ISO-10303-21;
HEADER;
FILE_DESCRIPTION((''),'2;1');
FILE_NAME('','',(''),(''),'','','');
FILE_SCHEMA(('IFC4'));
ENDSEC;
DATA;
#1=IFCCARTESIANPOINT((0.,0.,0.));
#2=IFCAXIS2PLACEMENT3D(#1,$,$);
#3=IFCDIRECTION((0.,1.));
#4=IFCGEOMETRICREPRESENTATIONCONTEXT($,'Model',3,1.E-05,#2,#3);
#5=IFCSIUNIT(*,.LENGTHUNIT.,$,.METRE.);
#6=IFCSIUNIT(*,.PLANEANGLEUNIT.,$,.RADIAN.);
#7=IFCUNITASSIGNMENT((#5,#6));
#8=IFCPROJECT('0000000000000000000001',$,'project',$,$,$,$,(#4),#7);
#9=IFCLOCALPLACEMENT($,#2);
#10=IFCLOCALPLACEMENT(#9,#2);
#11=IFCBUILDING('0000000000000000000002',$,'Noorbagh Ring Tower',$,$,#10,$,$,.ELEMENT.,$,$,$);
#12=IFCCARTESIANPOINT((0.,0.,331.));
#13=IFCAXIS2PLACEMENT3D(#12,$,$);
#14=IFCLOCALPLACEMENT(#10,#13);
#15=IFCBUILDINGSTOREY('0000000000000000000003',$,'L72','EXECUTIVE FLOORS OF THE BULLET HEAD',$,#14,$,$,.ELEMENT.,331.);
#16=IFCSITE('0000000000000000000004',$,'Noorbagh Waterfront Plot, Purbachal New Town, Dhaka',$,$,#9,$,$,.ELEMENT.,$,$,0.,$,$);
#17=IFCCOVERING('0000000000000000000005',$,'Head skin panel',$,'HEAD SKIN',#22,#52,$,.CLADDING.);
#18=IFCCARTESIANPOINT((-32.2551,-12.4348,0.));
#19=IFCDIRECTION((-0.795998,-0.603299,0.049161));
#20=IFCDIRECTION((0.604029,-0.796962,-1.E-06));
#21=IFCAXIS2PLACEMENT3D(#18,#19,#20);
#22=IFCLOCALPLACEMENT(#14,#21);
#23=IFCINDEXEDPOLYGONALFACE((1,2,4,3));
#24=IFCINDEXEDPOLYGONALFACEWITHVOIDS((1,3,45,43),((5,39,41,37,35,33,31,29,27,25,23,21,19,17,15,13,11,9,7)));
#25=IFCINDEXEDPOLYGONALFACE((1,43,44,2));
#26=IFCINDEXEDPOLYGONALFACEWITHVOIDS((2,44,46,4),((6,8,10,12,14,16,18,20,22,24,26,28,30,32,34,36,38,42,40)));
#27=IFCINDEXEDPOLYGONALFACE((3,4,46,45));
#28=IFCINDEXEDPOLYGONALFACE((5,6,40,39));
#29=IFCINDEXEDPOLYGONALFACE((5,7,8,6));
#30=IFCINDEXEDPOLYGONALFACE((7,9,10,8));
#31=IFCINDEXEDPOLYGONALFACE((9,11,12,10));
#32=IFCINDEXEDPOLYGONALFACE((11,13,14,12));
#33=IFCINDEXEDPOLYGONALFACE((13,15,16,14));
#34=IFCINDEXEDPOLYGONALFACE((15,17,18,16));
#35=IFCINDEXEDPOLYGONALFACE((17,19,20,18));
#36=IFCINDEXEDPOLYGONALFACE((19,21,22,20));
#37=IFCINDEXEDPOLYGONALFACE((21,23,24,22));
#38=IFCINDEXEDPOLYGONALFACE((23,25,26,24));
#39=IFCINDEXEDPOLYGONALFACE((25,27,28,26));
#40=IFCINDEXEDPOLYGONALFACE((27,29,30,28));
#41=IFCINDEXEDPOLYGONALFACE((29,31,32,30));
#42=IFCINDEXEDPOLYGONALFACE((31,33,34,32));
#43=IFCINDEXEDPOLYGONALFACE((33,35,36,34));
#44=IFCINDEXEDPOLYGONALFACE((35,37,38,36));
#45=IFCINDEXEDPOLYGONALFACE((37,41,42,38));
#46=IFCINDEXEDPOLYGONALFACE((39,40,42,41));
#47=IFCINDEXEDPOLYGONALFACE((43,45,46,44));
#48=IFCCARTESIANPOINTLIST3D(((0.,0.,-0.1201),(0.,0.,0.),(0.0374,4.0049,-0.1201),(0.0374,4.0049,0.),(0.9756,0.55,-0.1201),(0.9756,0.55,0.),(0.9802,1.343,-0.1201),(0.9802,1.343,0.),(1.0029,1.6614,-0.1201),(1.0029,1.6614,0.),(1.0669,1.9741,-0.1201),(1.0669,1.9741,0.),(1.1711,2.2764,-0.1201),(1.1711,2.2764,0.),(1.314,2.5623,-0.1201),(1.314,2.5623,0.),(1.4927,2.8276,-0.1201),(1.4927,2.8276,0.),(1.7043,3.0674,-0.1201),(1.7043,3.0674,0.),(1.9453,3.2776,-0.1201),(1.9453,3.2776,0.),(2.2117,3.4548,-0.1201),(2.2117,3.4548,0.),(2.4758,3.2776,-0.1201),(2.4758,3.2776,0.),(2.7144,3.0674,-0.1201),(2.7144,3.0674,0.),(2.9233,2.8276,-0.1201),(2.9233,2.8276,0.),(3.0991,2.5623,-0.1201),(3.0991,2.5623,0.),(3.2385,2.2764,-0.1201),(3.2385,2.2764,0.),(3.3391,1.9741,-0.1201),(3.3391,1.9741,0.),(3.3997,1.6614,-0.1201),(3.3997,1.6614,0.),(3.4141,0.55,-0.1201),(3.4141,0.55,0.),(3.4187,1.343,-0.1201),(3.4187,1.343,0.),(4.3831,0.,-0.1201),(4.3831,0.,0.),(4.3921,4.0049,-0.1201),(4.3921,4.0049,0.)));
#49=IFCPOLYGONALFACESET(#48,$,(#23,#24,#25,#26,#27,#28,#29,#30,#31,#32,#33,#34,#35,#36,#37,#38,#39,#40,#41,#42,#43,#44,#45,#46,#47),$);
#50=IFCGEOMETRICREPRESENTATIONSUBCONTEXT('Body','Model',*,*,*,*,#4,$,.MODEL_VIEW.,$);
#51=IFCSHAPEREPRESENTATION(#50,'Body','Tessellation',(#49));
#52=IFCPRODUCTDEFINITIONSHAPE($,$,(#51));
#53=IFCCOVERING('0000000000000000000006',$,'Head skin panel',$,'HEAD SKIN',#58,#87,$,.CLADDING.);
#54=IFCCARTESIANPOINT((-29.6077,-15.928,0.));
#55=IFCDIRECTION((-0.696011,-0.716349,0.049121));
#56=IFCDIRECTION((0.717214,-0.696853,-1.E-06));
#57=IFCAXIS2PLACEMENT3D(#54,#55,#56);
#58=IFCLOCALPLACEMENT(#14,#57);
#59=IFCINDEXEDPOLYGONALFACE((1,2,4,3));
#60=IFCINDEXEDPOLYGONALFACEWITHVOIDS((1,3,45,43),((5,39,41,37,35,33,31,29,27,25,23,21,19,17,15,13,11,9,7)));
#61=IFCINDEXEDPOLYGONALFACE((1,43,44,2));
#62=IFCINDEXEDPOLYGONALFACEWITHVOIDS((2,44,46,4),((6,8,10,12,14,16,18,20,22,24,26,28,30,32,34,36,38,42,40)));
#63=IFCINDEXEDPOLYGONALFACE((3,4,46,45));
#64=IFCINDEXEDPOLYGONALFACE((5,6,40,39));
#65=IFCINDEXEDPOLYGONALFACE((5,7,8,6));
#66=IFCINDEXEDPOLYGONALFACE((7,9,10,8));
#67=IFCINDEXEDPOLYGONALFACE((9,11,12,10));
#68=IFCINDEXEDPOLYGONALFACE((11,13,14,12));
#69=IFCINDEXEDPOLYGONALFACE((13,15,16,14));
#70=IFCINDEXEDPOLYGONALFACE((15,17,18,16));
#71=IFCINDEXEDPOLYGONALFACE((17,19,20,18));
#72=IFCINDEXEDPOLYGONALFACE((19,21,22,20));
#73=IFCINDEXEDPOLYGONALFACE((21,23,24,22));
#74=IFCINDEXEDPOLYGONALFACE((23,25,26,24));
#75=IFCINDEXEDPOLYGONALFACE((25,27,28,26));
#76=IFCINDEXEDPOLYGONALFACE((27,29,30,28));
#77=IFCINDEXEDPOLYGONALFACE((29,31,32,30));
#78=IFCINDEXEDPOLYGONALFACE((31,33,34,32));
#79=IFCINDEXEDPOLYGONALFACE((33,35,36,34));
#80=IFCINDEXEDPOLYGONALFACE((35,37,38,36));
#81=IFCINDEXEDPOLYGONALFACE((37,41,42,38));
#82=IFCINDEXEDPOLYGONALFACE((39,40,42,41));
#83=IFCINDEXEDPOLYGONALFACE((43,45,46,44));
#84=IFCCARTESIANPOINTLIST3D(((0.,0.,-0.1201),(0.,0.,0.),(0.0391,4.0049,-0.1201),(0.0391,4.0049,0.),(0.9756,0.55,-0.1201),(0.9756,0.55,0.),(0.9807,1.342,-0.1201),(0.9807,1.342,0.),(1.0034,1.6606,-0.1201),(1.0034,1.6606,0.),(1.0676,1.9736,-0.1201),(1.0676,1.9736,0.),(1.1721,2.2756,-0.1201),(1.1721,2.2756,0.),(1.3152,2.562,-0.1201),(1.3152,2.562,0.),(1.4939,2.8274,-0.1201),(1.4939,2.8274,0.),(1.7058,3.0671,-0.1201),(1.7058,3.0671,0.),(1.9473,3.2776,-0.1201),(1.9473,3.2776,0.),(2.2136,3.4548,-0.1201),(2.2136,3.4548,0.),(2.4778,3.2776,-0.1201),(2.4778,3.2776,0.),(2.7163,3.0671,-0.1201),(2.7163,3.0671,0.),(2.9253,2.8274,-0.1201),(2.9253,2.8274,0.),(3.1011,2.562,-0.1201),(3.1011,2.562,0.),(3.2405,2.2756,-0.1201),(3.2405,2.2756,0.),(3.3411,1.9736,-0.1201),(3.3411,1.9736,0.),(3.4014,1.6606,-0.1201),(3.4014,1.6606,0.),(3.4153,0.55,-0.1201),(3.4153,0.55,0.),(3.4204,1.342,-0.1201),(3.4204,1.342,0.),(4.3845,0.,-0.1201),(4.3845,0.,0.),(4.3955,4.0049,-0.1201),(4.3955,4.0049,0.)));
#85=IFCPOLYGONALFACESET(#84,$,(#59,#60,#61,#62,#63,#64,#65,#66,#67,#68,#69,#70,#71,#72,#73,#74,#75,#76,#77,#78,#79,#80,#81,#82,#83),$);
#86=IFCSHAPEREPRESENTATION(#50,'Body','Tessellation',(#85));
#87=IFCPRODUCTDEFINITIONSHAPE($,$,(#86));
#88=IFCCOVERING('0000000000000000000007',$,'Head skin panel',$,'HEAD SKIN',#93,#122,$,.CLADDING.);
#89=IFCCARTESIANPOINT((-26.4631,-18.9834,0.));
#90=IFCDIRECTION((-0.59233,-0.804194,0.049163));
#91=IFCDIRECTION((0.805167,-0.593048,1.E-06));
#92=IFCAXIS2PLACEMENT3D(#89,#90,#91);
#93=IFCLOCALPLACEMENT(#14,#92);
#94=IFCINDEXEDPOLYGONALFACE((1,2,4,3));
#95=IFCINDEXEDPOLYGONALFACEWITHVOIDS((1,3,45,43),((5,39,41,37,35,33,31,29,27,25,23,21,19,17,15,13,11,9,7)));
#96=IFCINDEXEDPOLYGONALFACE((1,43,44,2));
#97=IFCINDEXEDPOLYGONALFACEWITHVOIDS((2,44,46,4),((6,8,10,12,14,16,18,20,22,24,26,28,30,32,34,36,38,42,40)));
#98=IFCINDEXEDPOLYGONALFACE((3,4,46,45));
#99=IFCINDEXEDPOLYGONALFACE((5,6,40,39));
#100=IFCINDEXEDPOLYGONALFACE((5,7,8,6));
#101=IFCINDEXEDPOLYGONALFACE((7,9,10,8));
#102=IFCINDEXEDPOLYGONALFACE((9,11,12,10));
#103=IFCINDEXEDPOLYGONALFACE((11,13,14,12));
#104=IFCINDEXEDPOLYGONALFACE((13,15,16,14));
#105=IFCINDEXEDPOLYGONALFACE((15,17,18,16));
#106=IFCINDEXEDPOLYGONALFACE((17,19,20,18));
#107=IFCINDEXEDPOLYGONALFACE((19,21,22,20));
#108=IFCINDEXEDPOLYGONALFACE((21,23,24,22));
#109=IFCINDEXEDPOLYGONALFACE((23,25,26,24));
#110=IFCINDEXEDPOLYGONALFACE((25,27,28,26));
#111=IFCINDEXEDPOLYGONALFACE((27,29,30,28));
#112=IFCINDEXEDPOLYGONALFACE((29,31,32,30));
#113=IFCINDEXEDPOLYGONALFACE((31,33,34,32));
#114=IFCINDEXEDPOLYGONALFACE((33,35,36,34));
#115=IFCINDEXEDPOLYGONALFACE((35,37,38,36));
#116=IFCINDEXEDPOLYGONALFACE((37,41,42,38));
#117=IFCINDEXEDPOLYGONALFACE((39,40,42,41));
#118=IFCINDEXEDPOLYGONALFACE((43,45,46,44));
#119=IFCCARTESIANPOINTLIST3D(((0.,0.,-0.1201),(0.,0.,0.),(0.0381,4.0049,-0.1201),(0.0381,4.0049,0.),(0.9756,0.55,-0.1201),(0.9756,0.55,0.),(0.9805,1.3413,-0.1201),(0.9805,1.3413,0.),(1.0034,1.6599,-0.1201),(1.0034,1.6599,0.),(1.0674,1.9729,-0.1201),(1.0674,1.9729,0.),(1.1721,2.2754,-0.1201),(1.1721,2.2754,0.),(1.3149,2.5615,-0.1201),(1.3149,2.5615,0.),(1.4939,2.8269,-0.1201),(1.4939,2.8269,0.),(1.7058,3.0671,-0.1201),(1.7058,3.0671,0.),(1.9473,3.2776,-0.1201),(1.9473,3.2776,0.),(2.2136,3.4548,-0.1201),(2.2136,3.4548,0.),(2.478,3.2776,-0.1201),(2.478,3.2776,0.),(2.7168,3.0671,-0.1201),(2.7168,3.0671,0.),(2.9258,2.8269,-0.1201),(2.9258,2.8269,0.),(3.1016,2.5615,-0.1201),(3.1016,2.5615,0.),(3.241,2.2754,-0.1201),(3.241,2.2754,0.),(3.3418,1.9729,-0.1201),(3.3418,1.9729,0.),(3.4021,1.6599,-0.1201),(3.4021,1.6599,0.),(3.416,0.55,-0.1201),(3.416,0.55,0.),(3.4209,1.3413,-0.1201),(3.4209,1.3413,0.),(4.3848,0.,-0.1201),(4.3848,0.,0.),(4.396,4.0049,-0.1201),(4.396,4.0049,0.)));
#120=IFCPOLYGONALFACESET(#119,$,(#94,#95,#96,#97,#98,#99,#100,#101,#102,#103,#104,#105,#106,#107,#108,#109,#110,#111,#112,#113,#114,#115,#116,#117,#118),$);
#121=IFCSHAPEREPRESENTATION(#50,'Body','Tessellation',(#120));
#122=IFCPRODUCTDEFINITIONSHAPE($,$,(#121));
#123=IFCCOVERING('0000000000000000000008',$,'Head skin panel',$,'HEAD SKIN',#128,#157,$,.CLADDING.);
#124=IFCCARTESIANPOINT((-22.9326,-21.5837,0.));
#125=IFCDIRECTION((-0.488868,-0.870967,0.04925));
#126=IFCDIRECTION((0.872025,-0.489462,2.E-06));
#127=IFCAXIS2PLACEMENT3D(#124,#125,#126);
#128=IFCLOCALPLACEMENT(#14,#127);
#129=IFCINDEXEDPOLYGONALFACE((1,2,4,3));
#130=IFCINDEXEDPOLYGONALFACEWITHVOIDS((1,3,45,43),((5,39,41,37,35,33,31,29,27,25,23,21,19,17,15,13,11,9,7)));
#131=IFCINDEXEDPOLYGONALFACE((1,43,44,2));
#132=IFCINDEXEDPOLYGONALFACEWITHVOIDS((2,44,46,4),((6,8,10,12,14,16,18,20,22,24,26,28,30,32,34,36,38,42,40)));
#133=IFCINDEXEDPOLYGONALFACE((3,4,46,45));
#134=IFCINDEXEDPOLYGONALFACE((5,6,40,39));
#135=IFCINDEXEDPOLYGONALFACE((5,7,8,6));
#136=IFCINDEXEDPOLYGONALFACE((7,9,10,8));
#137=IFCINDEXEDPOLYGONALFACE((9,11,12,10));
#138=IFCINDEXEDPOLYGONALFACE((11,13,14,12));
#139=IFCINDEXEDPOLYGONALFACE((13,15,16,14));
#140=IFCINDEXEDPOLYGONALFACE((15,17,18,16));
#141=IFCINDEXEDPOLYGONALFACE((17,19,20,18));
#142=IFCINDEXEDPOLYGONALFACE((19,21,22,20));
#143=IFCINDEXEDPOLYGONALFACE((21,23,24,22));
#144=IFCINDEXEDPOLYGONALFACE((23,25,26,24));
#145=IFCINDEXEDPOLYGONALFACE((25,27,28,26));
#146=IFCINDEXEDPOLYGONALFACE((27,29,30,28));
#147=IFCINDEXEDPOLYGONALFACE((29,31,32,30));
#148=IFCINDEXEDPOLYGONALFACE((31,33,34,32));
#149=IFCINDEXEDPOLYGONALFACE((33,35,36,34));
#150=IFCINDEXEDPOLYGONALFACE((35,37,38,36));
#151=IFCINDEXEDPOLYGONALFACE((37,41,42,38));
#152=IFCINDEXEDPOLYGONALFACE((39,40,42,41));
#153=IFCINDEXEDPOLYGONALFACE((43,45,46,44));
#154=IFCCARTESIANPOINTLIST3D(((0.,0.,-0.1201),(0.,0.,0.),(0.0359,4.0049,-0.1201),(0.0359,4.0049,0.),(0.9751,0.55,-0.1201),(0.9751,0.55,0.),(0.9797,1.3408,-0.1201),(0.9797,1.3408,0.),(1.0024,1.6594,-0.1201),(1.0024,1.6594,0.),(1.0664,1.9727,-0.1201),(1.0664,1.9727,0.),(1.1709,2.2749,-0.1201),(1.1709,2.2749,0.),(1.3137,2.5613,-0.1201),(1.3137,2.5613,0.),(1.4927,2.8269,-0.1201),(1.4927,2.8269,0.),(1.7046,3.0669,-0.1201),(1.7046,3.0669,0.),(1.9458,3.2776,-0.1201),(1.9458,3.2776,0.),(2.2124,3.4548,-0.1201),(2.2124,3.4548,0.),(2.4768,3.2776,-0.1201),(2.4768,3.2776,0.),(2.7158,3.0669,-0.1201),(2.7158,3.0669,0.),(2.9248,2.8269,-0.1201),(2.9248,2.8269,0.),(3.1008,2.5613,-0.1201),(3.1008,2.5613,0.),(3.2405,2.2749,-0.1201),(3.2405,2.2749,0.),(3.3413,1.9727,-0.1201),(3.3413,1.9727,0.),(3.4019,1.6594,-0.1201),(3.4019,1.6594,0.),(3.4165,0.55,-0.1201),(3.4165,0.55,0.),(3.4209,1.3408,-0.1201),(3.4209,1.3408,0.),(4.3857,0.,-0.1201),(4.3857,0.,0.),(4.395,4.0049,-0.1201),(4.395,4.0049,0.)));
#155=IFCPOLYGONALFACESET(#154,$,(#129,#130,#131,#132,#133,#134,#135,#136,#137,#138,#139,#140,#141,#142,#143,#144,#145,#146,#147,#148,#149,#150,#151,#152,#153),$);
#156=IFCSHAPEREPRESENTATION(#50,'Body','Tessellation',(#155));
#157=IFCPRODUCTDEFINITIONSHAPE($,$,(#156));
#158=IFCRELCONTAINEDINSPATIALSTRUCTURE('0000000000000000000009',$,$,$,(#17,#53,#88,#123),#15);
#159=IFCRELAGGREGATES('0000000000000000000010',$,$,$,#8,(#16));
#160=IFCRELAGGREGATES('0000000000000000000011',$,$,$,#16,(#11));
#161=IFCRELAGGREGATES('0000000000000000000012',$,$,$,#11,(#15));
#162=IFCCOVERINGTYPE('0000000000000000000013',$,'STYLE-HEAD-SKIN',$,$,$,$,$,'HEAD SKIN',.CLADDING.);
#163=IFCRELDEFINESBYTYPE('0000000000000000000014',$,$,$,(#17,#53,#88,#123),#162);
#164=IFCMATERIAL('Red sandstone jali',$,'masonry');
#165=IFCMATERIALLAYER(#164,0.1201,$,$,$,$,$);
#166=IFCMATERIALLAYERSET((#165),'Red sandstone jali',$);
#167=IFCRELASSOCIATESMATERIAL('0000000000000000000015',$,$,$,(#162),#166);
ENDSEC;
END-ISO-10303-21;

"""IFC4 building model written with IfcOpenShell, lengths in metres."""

from ifc_helpers import new_model, si_unit, direction, frame, origin, place, context, subcontext, project, spatial, polyline, outline, extrude, material, layer, layer_set, type_object, element, save


model = new_model("IFC4")

# Units and contexts
model_context = context("Model", 3, precision=1e-05, world=origin(), true_north=direction((0.0, 1.0)))
body_context = subcontext(model_context, "Body", "Model", "MODEL_VIEW")
ifc_project = project(units=[si_unit("LENGTHUNIT", "METRE"), si_unit("PLANEANGLEUNIT", "RADIAN")], contexts=[model_context])

# Site, building, storey
site_placement = place(None, origin())
site = spatial("IfcSite", under=ifc_project, at=site_placement, Name="Noorbagh Waterfront Plot, Purbachal New Town, Dhaka", CompositionType="ELEMENT", RefElevation=0.0)
building_placement = place(site_placement, origin())
building = spatial("IfcBuilding", under=site, at=building_placement, Name="Noorbagh Ring Tower", CompositionType="ELEMENT")
storey_placement = place(building_placement, frame((0.0, 0.0, 331.0)))
storey = spatial("IfcBuildingStorey", under=building, at=storey_placement, Name="L72", Description="EXECUTIVE FLOORS OF THE BULLET HEAD", CompositionType="ELEMENT", Elevation=331.0)

# Coverings
ifc_material_1 = material(Name="Red sandstone jali", Category="masonry")
ifc_layer_1 = layer(ifc_material_1, 0.1201)
ifc_layer_set_1 = layer_set([ifc_layer_1], Name="Red sandstone jali")
covering_type_1 = type_object("IfcCoveringType", Name="STYLE-HEAD-SKIN", ElementType="HEAD SKIN", PredefinedType="CLADDING", material=ifc_layer_set_1)
covering_1_placement = place(storey_placement, frame((-32.2551, -12.4348, 0.0), z_axis=(-0.795998, -0.603299, 0.049161), x_axis=(0.604029, -0.796962, -0.000001)))
element("IfcCovering", 1, at=covering_1_placement, inside=storey, type_object=covering_type_1, Name="Head skin panel", ObjectType="HEAD SKIN", PredefinedType="CLADDING", context=body_context, shape_type="SweptSolid", body=[
    extrude(outline(polyline([(0.0, 0.0), (4.3831, 0.0), (4.3921, 4.0049), (0.0374, 4.0049), (0.0, 0.0)]), holes=[polyline([(0.9756, 0.55), (0.9802, 1.343), (1.0029, 1.6614), (1.0669, 1.9741), (1.1711, 2.2764), (1.314, 2.5623), (1.4927, 2.8276), (1.7043, 3.0674), (1.9453, 3.2776), (2.2117, 3.4548), (2.4758, 3.2776), (2.7144, 3.0674), (2.9233, 2.8276), (3.0991, 2.5623), (3.2385, 2.2764), (3.3391, 1.9741), (3.3997, 1.6614), (3.4187, 1.343), (3.4141, 0.55), (0.9756, 0.55)])]), origin(), (0.0, 0.0, -1.0), 0.1201),
])
covering_2_placement = place(storey_placement, frame((-29.6077, -15.928, 0.0), z_axis=(-0.696011, -0.716349, 0.049121), x_axis=(0.717214, -0.696853, -0.000001)))
element("IfcCovering", 2, at=covering_2_placement, inside=storey, type_object=covering_type_1, Name="Head skin panel", ObjectType="HEAD SKIN", PredefinedType="CLADDING", context=body_context, shape_type="SweptSolid", body=[
    extrude(outline(polyline([(0.0, 0.0), (4.3845, 0.0), (4.3955, 4.0049), (0.0391, 4.0049), (0.0, 0.0)]), holes=[polyline([(0.9756, 0.55), (0.9807, 1.342), (1.0034, 1.6606), (1.0676, 1.9736), (1.1721, 2.2756), (1.3152, 2.562), (1.4939, 2.8274), (1.7058, 3.0671), (1.9473, 3.2776), (2.2136, 3.4548), (2.4778, 3.2776), (2.7163, 3.0671), (2.9253, 2.8274), (3.1011, 2.562), (3.2405, 2.2756), (3.3411, 1.9736), (3.4014, 1.6606), (3.4204, 1.342), (3.4153, 0.55), (0.9756, 0.55)])]), origin(), (0.0, 0.0, -1.0), 0.1201),
])
covering_3_placement = place(storey_placement, frame((-26.4631, -18.9834, 0.0), z_axis=(-0.59233, -0.804194, 0.049163), x_axis=(0.805167, -0.593048, 0.000001)))
element("IfcCovering", 3, at=covering_3_placement, inside=storey, type_object=covering_type_1, Name="Head skin panel", ObjectType="HEAD SKIN", PredefinedType="CLADDING", context=body_context, shape_type="SweptSolid", body=[
    extrude(outline(polyline([(0.0, 0.0), (4.3848, 0.0), (4.396, 4.0049), (0.0381, 4.0049), (0.0, 0.0)]), holes=[polyline([(0.9756, 0.55), (0.9805, 1.3413), (1.0034, 1.6599), (1.0674, 1.9729), (1.1721, 2.2754), (1.3149, 2.5615), (1.4939, 2.8269), (1.7058, 3.0671), (1.9473, 3.2776), (2.2136, 3.4548), (2.478, 3.2776), (2.7168, 3.0671), (2.9258, 2.8269), (3.1016, 2.5615), (3.241, 2.2754), (3.3418, 1.9729), (3.4021, 1.6599), (3.4209, 1.3413), (3.416, 0.55), (0.9756, 0.55)])]), origin(), (0.0, 0.0, -1.0), 0.1201),
])
covering_4_placement = place(storey_placement, frame((-22.9326, -21.5837, 0.0), z_axis=(-0.488868, -0.870967, 0.04925), x_axis=(0.872025, -0.489462, 0.000002)))
element("IfcCovering", 4, at=covering_4_placement, inside=storey, type_object=covering_type_1, Name="Head skin panel", ObjectType="HEAD SKIN", PredefinedType="CLADDING", context=body_context, shape_type="SweptSolid", body=[
    extrude(outline(polyline([(0.0, 0.0), (4.3857, 0.0), (4.395, 4.0049), (0.0359, 4.0049), (0.0, 0.0)]), holes=[polyline([(0.9751, 0.55), (0.9797, 1.3408), (1.0024, 1.6594), (1.0664, 1.9727), (1.1709, 2.2749), (1.3137, 2.5613), (1.4927, 2.8269), (1.7046, 3.0669), (1.9458, 3.2776), (2.2124, 3.4548), (2.4768, 3.2776), (2.7158, 3.0669), (2.9248, 2.8269), (3.1008, 2.5613), (3.2405, 2.2749), (3.3413, 1.9727), (3.4019, 1.6594), (3.4209, 1.3408), (3.4165, 0.55), (0.9751, 0.55)])]), origin(), (0.0, 0.0, -1.0), 0.1201),
])

save(model, "model.ifc")
